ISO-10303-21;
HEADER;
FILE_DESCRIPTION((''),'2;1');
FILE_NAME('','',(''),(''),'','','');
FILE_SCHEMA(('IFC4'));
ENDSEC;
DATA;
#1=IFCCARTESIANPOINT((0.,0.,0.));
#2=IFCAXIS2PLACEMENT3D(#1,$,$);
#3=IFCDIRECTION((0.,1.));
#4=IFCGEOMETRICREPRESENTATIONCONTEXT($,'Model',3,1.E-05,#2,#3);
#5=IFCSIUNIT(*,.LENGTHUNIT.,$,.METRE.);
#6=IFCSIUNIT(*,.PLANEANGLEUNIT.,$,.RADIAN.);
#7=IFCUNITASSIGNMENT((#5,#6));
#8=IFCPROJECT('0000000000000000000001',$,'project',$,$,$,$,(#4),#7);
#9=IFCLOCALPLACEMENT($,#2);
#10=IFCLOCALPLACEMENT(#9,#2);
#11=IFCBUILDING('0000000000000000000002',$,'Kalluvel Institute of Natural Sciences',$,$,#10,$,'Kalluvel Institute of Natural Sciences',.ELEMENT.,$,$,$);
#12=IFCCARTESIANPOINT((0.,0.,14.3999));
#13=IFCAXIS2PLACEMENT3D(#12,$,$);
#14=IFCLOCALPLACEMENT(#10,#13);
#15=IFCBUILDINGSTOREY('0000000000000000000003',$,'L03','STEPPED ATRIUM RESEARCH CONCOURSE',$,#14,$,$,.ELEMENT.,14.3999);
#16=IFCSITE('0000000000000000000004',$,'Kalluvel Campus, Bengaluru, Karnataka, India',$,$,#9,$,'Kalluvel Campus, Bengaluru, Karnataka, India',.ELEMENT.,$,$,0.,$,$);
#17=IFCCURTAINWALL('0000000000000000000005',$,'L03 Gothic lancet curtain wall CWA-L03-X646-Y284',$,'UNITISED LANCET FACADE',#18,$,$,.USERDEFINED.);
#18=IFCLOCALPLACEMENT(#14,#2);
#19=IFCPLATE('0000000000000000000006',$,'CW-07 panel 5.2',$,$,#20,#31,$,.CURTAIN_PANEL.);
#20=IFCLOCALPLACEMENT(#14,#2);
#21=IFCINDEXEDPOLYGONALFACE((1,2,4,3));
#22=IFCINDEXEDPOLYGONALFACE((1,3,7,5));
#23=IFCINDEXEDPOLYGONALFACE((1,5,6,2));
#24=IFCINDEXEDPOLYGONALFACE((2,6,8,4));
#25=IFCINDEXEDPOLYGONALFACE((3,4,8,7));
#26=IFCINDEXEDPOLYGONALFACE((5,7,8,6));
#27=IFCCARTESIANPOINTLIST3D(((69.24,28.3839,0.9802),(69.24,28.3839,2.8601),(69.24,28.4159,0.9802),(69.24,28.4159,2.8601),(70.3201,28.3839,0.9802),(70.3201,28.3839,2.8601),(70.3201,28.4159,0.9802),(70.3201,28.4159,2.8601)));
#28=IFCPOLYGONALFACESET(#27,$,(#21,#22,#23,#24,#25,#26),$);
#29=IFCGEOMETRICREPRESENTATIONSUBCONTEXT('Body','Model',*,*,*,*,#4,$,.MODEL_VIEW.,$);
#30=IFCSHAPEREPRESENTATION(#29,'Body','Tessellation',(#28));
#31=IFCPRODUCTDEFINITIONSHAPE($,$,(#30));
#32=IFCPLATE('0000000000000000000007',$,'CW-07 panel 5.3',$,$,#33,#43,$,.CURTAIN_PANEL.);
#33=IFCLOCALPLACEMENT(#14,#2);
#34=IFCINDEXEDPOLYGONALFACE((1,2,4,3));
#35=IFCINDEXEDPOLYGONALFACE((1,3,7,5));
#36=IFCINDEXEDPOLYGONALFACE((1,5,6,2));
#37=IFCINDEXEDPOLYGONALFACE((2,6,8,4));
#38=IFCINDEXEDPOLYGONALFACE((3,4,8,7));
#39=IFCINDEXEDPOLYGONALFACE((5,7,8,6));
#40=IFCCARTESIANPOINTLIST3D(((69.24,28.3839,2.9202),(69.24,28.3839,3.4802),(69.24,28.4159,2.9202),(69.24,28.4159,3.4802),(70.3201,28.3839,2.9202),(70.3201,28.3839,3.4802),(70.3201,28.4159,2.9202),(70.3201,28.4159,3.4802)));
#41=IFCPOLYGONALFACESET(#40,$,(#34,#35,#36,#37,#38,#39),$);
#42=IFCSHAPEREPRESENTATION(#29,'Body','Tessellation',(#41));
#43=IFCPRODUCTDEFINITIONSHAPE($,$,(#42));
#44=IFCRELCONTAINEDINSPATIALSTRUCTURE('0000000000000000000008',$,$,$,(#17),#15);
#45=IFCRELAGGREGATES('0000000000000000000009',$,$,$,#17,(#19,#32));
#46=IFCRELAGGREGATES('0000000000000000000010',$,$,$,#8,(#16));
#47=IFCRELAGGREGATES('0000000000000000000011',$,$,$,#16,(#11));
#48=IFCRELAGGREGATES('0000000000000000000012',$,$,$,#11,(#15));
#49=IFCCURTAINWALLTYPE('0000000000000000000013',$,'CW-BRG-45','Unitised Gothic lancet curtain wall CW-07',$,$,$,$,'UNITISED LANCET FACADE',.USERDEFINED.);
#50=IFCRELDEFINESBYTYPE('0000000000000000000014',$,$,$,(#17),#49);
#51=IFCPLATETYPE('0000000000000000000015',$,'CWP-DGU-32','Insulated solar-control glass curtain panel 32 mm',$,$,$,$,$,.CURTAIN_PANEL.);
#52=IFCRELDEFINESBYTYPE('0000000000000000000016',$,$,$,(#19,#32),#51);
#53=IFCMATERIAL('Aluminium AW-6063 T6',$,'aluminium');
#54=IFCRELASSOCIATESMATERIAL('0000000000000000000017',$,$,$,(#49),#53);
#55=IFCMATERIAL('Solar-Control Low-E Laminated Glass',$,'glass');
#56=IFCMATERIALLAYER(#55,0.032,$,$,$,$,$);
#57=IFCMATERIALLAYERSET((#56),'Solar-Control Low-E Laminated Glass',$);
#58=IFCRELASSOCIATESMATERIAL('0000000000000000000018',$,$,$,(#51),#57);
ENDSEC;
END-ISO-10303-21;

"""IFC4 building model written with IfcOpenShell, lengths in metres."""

from ifc_helpers import new_model, si_unit, direction, frame, origin, origin_2d, place, context, subcontext, project, spatial, rectangle, extrude, material, layer, layer_set, type_object, element, aggregate, save


model = new_model("IFC4")

# Units and contexts
model_context = context("Model", 3, precision=1e-05, world=origin(), true_north=direction((0.0, 1.0)))
body_context = subcontext(model_context, "Body", "Model", "MODEL_VIEW")
ifc_project = project(units=[si_unit("LENGTHUNIT", "METRE"), si_unit("PLANEANGLEUNIT", "RADIAN")], contexts=[model_context])

# Site, building, storey
site_placement = place(None, origin())
site = spatial("IfcSite", under=ifc_project, at=site_placement, Name="Kalluvel Campus, Bengaluru, Karnataka, India", LongName="Kalluvel Campus, Bengaluru, Karnataka, India", CompositionType="ELEMENT", RefElevation=0.0)
building_placement = place(site_placement, origin())
building = spatial("IfcBuilding", under=site, at=building_placement, Name="Kalluvel Institute of Natural Sciences", LongName="Kalluvel Institute of Natural Sciences", CompositionType="ELEMENT")
storey_placement = place(building_placement, frame((0.0, 0.0, 14.3999)))
storey = spatial("IfcBuildingStorey", under=building, at=storey_placement, Name="L03", Description="STEPPED ATRIUM RESEARCH CONCOURSE", CompositionType="ELEMENT", Elevation=14.3999)

# Curtain wall, plates
ifc_material_1 = material(Name="Aluminium AW-6063 T6", Category="aluminium")
curtain_wall_type = type_object("IfcCurtainWallType", Name="CW-BRG-45", Description="Unitised Gothic lancet curtain wall CW-07", ElementType="UNITISED LANCET FACADE", PredefinedType="USERDEFINED", material=ifc_material_1)
curtain_wall_placement = place(storey_placement, origin())
curtain_wall = element("IfcCurtainWall", 1, at=curtain_wall_placement, inside=storey, type_object=curtain_wall_type, Name="L03 Gothic lancet curtain wall CWA-L03-X646-Y284", ObjectType="UNITISED LANCET FACADE", PredefinedType="USERDEFINED")
ifc_material_2 = material(Name="Solar-Control Low-E Laminated Glass", Category="glass")
ifc_layer = layer(ifc_material_2, 0.032)
ifc_layer_set = layer_set([ifc_layer], Name="Solar-Control Low-E Laminated Glass")
plate_type = type_object("IfcPlateType", Name="CWP-DGU-32", Description="Insulated solar-control glass curtain panel 32 mm", PredefinedType="CURTAIN_PANEL", material=ifc_layer_set)
plate_1_placement = place(storey_placement, frame((69.78, 28.3999, 0.9802), z_axis=(0.0, 0.0, 1.0), x_axis=(1.0, 0.0, 0.0)))
plate_1 = element("IfcPlate", 2, at=plate_1_placement, type_object=plate_type, Name="CW-07 panel 5.2", PredefinedType="CURTAIN_PANEL", context=body_context, shape_type="SweptSolid", body=[
    extrude(rectangle(XDim=1.0801, YDim=0.032, at=origin_2d()), origin(), (0.0, 0.0, 1.0), 1.8799),
])
plate_2_placement = place(storey_placement, frame((69.78, 28.3999, 2.9202), z_axis=(0.0, 0.0, 1.0), x_axis=(1.0, 0.0, 0.0)))
plate_2 = element("IfcPlate", 3, at=plate_2_placement, type_object=plate_type, Name="CW-07 panel 5.3", PredefinedType="CURTAIN_PANEL", context=body_context, shape_type="SweptSolid", body=[
    extrude(rectangle(XDim=1.0801, YDim=0.032, at=origin_2d()), origin(), (0.0, 0.0, 1.0), 0.5601),
])
aggregate(curtain_wall, [plate_1, plate_2])

save(model, "model.ifc")
